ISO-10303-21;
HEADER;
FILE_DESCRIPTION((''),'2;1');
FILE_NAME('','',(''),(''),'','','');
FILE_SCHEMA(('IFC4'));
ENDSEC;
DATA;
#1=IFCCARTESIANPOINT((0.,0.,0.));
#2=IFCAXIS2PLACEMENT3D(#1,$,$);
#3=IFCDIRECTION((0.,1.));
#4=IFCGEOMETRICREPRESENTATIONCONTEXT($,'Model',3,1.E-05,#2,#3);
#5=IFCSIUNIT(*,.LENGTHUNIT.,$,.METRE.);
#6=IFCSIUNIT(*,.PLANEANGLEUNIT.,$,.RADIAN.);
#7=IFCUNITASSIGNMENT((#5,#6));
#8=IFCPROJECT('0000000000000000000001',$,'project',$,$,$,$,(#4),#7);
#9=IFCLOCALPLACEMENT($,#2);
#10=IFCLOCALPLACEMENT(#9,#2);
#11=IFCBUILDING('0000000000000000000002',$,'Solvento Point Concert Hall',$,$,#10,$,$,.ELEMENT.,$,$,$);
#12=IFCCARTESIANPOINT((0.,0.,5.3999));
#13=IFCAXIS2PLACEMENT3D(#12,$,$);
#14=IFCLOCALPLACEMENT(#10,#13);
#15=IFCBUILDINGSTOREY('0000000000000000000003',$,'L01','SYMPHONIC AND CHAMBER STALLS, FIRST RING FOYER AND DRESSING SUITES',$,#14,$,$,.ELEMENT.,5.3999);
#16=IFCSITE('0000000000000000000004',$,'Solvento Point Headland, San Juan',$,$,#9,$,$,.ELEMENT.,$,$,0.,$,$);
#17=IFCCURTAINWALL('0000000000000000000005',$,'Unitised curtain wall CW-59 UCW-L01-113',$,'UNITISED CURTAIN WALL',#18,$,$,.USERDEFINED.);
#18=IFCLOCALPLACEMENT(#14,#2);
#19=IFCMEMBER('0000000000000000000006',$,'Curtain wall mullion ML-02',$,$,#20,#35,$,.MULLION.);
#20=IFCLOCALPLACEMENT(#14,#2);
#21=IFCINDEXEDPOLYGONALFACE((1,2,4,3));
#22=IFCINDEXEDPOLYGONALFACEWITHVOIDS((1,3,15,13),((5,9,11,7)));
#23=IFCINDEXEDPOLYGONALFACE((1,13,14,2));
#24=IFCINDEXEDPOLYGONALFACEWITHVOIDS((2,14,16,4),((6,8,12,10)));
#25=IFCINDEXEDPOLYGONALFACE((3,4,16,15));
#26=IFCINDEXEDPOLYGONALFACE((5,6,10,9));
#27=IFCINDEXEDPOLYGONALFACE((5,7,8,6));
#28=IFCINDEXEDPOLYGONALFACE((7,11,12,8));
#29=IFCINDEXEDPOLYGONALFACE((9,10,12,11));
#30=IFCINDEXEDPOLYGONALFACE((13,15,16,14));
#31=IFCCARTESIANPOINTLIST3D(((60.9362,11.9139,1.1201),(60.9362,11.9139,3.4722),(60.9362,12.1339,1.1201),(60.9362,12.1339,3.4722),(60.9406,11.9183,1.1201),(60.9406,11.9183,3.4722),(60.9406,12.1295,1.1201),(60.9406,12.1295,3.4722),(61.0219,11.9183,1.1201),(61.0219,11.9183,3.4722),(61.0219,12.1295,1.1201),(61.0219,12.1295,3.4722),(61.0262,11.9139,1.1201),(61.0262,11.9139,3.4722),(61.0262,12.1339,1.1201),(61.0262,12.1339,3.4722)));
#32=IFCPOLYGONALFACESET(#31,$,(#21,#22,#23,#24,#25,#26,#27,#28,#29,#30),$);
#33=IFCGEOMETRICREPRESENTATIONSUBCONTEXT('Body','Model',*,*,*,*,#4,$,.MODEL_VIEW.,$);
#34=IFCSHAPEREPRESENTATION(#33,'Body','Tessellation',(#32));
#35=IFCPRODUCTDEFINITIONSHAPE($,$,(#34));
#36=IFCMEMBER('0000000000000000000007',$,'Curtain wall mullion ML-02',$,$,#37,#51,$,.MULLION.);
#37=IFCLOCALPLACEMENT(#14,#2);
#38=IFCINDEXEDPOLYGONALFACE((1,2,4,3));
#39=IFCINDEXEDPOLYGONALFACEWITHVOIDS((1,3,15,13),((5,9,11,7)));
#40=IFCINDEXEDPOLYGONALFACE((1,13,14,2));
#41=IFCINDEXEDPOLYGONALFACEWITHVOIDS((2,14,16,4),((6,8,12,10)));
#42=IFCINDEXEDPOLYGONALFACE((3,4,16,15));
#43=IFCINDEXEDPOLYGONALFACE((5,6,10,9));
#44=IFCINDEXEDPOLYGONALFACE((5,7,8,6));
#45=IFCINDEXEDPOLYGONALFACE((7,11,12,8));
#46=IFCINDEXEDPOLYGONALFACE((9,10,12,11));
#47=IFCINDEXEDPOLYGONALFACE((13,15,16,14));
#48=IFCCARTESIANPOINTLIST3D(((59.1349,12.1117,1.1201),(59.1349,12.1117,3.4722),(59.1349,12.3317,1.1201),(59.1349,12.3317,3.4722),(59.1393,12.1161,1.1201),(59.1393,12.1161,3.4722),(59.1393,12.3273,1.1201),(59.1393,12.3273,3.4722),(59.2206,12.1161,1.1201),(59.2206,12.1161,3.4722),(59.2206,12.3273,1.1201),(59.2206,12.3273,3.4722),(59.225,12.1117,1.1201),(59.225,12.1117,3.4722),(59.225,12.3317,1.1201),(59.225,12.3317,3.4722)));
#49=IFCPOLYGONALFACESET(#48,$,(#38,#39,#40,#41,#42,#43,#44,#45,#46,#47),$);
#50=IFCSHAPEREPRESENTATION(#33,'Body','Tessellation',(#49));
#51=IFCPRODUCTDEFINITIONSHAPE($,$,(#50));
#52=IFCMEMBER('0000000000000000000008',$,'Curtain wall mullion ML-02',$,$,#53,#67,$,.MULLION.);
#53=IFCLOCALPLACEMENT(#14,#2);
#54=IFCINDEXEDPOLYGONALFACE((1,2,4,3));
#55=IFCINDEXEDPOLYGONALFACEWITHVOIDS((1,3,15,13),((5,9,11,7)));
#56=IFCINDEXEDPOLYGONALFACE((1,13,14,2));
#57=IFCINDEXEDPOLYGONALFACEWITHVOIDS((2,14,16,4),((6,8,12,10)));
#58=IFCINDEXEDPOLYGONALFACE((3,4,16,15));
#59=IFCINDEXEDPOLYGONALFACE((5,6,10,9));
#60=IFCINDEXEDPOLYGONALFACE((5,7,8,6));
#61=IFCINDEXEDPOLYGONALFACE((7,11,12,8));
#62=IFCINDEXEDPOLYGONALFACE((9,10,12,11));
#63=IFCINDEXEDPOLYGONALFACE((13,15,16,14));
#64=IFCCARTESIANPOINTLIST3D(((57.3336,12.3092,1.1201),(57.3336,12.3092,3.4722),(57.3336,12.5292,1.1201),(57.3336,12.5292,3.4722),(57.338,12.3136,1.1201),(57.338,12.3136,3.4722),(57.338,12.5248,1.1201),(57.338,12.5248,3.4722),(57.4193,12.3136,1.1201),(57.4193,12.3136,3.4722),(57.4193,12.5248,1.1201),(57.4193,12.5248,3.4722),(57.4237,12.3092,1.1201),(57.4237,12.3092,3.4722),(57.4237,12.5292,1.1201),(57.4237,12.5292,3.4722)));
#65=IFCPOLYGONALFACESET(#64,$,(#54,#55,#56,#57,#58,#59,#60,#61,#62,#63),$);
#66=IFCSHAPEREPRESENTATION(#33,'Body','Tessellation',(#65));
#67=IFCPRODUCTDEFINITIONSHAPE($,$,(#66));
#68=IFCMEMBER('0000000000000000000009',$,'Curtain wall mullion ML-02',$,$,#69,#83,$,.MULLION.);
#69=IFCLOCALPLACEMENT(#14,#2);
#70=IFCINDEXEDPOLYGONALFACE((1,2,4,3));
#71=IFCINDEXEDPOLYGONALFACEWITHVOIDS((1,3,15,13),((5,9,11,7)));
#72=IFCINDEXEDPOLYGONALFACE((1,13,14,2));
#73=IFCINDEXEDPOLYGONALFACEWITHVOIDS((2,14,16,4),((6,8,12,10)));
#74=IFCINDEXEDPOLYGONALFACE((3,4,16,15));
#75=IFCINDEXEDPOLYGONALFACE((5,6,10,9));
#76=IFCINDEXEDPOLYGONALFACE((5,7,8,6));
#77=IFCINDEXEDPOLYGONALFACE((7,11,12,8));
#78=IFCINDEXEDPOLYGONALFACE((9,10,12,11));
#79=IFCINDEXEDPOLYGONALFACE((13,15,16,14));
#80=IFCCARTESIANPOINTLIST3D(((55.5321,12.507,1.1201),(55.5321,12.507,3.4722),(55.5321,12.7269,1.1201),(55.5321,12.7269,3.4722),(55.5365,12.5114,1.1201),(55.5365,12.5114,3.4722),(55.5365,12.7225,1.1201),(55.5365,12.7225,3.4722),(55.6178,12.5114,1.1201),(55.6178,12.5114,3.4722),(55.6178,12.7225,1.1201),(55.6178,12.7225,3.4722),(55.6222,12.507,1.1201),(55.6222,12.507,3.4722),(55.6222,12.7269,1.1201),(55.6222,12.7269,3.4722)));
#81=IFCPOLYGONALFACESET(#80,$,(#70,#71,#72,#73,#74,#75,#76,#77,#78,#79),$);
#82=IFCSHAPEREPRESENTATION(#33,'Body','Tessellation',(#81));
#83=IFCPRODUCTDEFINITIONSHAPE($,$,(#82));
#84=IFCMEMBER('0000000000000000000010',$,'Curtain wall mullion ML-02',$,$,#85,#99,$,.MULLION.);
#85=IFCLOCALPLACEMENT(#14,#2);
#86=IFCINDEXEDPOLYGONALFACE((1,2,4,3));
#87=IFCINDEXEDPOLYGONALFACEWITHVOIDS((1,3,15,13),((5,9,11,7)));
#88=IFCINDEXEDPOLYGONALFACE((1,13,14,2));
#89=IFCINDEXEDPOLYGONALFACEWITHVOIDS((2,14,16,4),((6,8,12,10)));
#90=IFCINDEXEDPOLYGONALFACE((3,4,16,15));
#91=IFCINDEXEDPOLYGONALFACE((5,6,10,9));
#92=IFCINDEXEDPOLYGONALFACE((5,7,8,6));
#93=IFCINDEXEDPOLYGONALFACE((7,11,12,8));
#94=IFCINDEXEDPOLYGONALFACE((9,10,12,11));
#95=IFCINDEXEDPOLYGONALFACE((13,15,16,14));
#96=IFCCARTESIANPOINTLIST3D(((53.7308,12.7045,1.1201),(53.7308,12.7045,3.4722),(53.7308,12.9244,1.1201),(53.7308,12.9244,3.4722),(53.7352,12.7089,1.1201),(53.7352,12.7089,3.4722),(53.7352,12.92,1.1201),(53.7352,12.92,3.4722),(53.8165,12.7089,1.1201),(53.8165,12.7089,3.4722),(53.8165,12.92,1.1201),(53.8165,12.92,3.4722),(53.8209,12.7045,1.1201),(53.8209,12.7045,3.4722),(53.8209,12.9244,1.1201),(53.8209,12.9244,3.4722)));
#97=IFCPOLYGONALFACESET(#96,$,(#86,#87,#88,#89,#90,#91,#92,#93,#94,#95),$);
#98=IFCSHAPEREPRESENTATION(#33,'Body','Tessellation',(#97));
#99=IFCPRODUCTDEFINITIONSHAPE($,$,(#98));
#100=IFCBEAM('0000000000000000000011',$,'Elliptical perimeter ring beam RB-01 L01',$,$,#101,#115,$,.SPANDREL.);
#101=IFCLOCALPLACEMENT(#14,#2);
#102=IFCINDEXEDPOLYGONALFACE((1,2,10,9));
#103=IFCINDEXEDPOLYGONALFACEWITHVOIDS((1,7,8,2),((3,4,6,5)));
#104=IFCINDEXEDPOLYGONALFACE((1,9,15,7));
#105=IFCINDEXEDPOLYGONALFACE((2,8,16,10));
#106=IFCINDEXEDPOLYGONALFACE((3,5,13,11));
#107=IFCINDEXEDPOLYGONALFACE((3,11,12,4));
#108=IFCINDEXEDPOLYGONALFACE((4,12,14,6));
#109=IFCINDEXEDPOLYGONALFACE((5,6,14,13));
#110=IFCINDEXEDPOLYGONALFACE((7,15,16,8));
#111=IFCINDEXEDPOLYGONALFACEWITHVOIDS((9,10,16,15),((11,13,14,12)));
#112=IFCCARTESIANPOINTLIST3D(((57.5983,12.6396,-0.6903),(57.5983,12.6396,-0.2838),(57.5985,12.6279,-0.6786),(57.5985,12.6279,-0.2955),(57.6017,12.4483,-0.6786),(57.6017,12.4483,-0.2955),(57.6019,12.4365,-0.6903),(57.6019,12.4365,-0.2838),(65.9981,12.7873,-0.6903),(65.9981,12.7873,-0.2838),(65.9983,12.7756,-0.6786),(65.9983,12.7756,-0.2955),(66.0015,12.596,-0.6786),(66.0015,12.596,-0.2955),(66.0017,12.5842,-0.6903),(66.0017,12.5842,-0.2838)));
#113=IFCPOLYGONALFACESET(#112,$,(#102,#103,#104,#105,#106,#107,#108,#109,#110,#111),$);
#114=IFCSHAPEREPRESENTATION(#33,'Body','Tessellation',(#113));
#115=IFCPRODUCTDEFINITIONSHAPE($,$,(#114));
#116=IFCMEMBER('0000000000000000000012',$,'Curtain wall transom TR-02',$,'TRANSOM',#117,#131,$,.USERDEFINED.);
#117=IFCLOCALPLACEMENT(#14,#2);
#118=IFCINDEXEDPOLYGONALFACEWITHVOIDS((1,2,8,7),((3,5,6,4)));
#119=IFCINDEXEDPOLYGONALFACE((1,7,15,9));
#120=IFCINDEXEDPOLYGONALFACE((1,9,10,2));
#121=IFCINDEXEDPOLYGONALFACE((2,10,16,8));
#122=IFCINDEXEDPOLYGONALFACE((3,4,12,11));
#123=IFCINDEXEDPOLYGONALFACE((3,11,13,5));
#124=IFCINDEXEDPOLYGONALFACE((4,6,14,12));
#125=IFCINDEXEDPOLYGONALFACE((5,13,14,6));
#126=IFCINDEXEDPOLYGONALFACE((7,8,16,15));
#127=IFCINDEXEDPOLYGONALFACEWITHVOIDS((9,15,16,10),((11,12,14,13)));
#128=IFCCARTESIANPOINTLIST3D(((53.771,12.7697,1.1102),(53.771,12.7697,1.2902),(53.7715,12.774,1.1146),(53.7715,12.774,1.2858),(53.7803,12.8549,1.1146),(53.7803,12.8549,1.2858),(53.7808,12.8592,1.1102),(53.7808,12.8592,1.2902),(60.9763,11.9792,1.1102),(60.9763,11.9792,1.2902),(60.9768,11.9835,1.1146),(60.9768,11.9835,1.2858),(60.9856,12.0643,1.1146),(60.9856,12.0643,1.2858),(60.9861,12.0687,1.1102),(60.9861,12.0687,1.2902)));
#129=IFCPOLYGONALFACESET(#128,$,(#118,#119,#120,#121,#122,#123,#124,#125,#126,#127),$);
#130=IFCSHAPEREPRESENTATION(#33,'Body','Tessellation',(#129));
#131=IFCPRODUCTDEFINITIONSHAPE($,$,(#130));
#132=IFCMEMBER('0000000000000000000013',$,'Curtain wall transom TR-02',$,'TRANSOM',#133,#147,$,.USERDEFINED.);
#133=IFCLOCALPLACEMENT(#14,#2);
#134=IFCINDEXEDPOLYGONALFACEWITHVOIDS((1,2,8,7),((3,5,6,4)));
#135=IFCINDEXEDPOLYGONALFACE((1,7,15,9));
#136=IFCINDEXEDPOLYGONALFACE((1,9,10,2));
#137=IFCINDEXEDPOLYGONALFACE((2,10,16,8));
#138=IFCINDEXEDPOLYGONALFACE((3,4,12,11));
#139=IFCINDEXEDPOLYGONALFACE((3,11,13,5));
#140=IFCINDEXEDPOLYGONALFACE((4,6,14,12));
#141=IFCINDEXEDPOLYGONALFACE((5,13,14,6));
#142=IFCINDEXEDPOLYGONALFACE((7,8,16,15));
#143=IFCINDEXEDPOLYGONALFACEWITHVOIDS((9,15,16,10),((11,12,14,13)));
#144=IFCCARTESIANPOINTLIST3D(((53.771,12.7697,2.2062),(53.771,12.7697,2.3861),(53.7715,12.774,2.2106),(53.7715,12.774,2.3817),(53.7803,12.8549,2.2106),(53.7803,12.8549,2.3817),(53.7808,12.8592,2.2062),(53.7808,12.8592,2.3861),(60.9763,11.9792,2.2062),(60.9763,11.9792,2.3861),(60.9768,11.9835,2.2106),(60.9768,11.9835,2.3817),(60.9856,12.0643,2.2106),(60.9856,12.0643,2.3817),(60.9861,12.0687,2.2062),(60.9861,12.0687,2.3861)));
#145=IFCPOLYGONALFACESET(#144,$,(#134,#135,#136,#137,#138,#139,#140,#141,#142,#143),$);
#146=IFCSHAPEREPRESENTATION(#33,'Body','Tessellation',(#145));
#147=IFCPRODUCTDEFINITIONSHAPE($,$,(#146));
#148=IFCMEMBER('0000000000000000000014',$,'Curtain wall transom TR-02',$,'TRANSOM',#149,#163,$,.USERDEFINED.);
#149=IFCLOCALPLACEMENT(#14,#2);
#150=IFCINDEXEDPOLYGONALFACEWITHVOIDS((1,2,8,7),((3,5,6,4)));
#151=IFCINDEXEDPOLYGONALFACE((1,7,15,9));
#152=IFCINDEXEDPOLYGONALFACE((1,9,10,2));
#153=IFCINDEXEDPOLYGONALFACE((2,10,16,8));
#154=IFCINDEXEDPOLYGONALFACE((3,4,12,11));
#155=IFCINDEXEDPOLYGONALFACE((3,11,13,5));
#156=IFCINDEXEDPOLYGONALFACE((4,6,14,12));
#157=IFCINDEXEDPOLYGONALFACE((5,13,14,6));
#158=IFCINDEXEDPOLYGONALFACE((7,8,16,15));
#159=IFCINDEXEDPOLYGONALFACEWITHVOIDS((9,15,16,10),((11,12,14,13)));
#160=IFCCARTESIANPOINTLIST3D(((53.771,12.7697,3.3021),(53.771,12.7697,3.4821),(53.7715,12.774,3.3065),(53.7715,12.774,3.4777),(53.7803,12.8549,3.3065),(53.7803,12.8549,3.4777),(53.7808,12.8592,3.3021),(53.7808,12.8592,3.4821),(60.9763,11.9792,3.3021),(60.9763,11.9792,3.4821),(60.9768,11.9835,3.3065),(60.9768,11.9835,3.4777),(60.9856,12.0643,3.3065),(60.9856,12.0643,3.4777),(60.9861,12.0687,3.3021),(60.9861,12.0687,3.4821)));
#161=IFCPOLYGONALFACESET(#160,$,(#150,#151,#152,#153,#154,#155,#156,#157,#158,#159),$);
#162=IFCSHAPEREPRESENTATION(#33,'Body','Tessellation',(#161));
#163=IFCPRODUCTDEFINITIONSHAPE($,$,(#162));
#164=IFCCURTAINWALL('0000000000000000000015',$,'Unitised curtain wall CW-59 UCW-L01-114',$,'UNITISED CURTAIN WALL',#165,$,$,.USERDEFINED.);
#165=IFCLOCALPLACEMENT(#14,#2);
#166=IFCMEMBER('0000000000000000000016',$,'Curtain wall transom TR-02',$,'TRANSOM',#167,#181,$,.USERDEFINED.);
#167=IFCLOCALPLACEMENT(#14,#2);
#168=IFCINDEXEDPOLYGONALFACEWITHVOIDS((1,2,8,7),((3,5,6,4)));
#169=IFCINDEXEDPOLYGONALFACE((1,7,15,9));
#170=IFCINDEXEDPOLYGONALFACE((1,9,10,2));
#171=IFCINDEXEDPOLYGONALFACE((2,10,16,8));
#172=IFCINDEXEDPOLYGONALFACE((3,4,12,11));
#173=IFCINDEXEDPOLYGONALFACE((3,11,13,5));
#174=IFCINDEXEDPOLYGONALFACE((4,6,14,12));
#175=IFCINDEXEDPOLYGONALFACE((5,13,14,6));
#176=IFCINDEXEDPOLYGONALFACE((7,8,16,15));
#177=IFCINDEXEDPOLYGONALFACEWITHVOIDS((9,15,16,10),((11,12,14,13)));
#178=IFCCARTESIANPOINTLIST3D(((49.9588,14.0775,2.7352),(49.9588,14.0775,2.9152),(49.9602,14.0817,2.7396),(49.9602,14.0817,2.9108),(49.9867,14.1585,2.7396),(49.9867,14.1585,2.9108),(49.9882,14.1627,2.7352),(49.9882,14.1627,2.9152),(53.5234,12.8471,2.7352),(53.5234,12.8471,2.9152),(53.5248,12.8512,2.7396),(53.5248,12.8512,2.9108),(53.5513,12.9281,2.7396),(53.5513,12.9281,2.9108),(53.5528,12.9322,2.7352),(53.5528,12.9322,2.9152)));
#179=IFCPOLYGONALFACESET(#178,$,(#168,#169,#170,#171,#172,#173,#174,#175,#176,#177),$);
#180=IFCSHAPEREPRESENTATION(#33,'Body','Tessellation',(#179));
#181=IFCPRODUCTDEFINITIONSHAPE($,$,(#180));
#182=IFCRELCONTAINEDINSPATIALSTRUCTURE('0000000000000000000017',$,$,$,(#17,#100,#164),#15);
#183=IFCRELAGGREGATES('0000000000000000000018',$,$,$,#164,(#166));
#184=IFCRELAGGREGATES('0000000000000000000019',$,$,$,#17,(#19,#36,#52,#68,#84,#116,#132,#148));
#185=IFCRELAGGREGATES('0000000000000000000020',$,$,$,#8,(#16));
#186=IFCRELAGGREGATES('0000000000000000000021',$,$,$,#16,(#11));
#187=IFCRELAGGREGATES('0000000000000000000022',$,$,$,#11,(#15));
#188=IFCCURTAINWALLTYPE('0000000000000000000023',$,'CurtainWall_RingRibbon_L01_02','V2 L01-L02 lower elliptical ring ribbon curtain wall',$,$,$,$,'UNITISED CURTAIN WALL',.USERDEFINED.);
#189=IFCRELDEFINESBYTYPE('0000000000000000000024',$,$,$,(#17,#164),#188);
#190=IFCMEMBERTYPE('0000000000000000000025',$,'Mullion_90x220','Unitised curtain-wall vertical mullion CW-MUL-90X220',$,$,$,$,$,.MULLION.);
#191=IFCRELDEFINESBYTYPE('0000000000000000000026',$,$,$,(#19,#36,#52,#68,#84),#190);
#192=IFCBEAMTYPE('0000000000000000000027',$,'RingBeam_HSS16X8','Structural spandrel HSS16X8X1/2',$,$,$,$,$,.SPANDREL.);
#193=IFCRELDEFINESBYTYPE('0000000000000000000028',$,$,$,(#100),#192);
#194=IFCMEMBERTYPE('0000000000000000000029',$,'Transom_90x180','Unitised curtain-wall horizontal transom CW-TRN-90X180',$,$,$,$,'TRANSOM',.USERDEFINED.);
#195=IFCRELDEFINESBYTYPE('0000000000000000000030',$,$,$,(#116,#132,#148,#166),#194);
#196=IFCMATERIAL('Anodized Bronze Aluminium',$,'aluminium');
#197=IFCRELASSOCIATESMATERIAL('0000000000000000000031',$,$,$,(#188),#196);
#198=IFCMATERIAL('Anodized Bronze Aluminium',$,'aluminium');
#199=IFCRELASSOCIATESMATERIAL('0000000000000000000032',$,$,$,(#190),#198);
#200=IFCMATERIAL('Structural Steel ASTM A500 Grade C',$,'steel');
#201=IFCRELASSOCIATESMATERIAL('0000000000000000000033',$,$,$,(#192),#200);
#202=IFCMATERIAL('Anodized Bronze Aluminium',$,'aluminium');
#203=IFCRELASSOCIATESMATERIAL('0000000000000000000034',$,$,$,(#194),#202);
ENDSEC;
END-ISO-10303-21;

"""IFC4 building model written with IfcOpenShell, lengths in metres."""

from ifc_helpers import new_model, si_unit, direction, frame, origin, origin_2d, place, context, subcontext, project, spatial, hollow_rectangle, extrude, material, material_profile, profile_set, type_object, element, aggregate, save


model = new_model("IFC4")

# Units and contexts
model_context = context("Model", 3, precision=1e-05, world=origin(), true_north=direction((0.0, 1.0)))
body_context = subcontext(model_context, "Body", "Model", "MODEL_VIEW")
ifc_project = project(units=[si_unit("LENGTHUNIT", "METRE"), si_unit("PLANEANGLEUNIT", "RADIAN")], contexts=[model_context])

# Site, building, storey
site_placement = place(None, origin())
site = spatial("IfcSite", under=ifc_project, at=site_placement, Name="Solvento Point Headland, San Juan", CompositionType="ELEMENT", RefElevation=0.0)
building_placement = place(site_placement, origin())
building = spatial("IfcBuilding", under=site, at=building_placement, Name="Solvento Point Concert Hall", CompositionType="ELEMENT")
storey_placement = place(building_placement, frame((0.0, 0.0, 5.3999)))
storey = spatial("IfcBuildingStorey", under=building, at=storey_placement, Name="L01", Description="SYMPHONIC AND CHAMBER STALLS, FIRST RING FOYER AND DRESSING SUITES", CompositionType="ELEMENT", Elevation=5.3999)

# Curtain wall, members
ifc_material_1 = material(Name="Anodized Bronze Aluminium", Category="aluminium")
curtain_wall_type = type_object("IfcCurtainWallType", Name="CurtainWall_RingRibbon_L01_02", Description="V2 L01-L02 lower elliptical ring ribbon curtain wall", ElementType="UNITISED CURTAIN WALL", PredefinedType="USERDEFINED", material=ifc_material_1)
ifc_material_2 = material(Name="Anodized Bronze Aluminium", Category="aluminium")
ifc_material_profile_1 = material_profile(ifc_material_2, hollow_rectangle(XDim=0.0901, YDim=0.22, WallThickness=0.0044, at=origin_2d()), Name="CW-MUL-90X220")
ifc_profile_set_1 = profile_set([ifc_material_profile_1], Name="Anodized Bronze Aluminium")
member_type_1 = type_object("IfcMemberType", Name="Mullion_90x220", Description="Unitised curtain-wall vertical mullion CW-MUL-90X220", PredefinedType="MULLION", material=ifc_profile_set_1)
curtain_wall_1_placement = place(storey_placement, origin())
curtain_wall_1 = element("IfcCurtainWall", 1, at=curtain_wall_1_placement, inside=storey, type_object=curtain_wall_type, Name="Unitised curtain wall CW-59 UCW-L01-113", ObjectType="UNITISED CURTAIN WALL", PredefinedType="USERDEFINED")
member_1_placement = place(storey_placement, frame((60.9812, 12.0239, 1.1201), z_axis=(0.0, 0.0, 1.0), x_axis=(1.0, 0.0, 0.0)))
member_1 = element("IfcMember", 2, at=member_1_placement, type_object=member_type_1, Name="Curtain wall mullion ML-02", PredefinedType="MULLION", context=body_context, shape_type="SweptSolid", body=[
    extrude(hollow_rectangle(XDim=0.0901, YDim=0.22, WallThickness=0.0044, at=origin_2d()), origin(), (0.0, 0.0, 1.0), 2.3521),
])
member_2_placement = place(storey_placement, frame((59.1799, 12.2217, 1.1201), z_axis=(0.0, 0.0, 1.0), x_axis=(1.0, 0.0, 0.0)))
member_2 = element("IfcMember", 3, at=member_2_placement, type_object=member_type_1, Name="Curtain wall mullion ML-02", PredefinedType="MULLION", context=body_context, shape_type="SweptSolid", body=[
    extrude(hollow_rectangle(XDim=0.0901, YDim=0.22, WallThickness=0.0044, at=origin_2d()), origin(), (0.0, 0.0, 1.0), 2.3521),
])
member_3_placement = place(storey_placement, frame((57.3787, 12.4192, 1.1201), z_axis=(0.0, 0.0, 1.0), x_axis=(1.0, 0.0, 0.0)))
member_3 = element("IfcMember", 4, at=member_3_placement, type_object=member_type_1, Name="Curtain wall mullion ML-02", PredefinedType="MULLION", context=body_context, shape_type="SweptSolid", body=[
    extrude(hollow_rectangle(XDim=0.0901, YDim=0.22, WallThickness=0.0044, at=origin_2d()), origin(), (0.0, 0.0, 1.0), 2.3521),
])
member_4_placement = place(storey_placement, frame((55.5771, 12.6169, 1.1201), z_axis=(0.0, 0.0, 1.0), x_axis=(1.0, 0.0, 0.0)))
member_4 = element("IfcMember", 5, at=member_4_placement, type_object=member_type_1, Name="Curtain wall mullion ML-02", PredefinedType="MULLION", context=body_context, shape_type="SweptSolid", body=[
    extrude(hollow_rectangle(XDim=0.0901, YDim=0.22, WallThickness=0.0044, at=origin_2d()), origin(), (0.0, 0.0, 1.0), 2.3521),
])
member_5_placement = place(storey_placement, frame((53.7759, 12.8145, 1.1201), z_axis=(0.0, 0.0, 1.0), x_axis=(1.0, 0.0, 0.0)))
member_5 = element("IfcMember", 6, at=member_5_placement, type_object=member_type_1, Name="Curtain wall mullion ML-02", PredefinedType="MULLION", context=body_context, shape_type="SweptSolid", body=[
    extrude(hollow_rectangle(XDim=0.0901, YDim=0.22, WallThickness=0.0044, at=origin_2d()), origin(), (0.0, 0.0, 1.0), 2.3521),
])

# Beam
ifc_material_3 = material(Name="Structural Steel ASTM A500 Grade C", Category="steel")
ifc_material_profile_2 = material_profile(ifc_material_3, hollow_rectangle(XDim=0.2031, YDim=0.4065, WallThickness=0.0117, at=origin_2d()), Name="HSS16X8X1/2")
ifc_profile_set_2 = profile_set([ifc_material_profile_2], Name="Structural Steel ASTM A500 Grade C")
beam_type_1 = type_object("IfcBeamType", Name="RingBeam_HSS16X8", Description="Structural spandrel HSS16X8X1/2", PredefinedType="SPANDREL", material=ifc_profile_set_2)
beam_1_placement = place(storey_placement, frame((57.6001, 12.5381, -0.4871), z_axis=(0.999845, 0.017581, 0.0), x_axis=(-0.017581, 0.999845, 0.0)))
element("IfcBeam", 7, at=beam_1_placement, inside=storey, type_object=beam_type_1, Name="Elliptical perimeter ring beam RB-01 L01", PredefinedType="SPANDREL", context=body_context, shape_type="SweptSolid", body=[
    extrude(hollow_rectangle(XDim=0.2031, YDim=0.4065, WallThickness=0.0117, at=origin_2d()), origin(), (0.0, 0.0, 1.0), 8.4011),
])

# Members
ifc_material_4 = material(Name="Anodized Bronze Aluminium", Category="aluminium")
ifc_material_profile_3 = material_profile(ifc_material_4, hollow_rectangle(XDim=0.0901, YDim=0.1799, WallThickness=0.0044, at=origin_2d()), Name="CW-TRN-90X180")
ifc_profile_set_3 = profile_set([ifc_material_profile_3], Name="Anodized Bronze Aluminium")
member_type_2 = type_object("IfcMemberType", Name="Transom_90x180", Description="Unitised curtain-wall horizontal transom CW-TRN-90X180", ElementType="TRANSOM", PredefinedType="USERDEFINED", material=ifc_profile_set_3)
member_6_placement = place(storey_placement, frame((60.9812, 12.0239, 1.2002), z_axis=(-0.994035, 0.10906, 0.0), x_axis=(-0.10906, -0.994035, 0.0)))
member_6 = element("IfcMember", 8, at=member_6_placement, type_object=member_type_2, Name="Curtain wall transom TR-02", ObjectType="TRANSOM", PredefinedType="USERDEFINED", context=body_context, shape_type="SweptSolid", body=[
    extrude(hollow_rectangle(XDim=0.0901, YDim=0.1799, WallThickness=0.0044, at=origin_2d()), origin(), (0.0, 0.0, 1.0), 7.2485),
])
member_7_placement = place(storey_placement, frame((60.9812, 12.0239, 2.2961), z_axis=(-0.994035, 0.10906, 0.0), x_axis=(-0.10906, -0.994035, 0.0)))
member_7 = element("IfcMember", 9, at=member_7_placement, type_object=member_type_2, Name="Curtain wall transom TR-02", ObjectType="TRANSOM", PredefinedType="USERDEFINED", context=body_context, shape_type="SweptSolid", body=[
    extrude(hollow_rectangle(XDim=0.0901, YDim=0.1799, WallThickness=0.0044, at=origin_2d()), origin(), (0.0, 0.0, 1.0), 7.2485),
])
member_8_placement = place(storey_placement, frame((60.9812, 12.0239, 3.3921), z_axis=(-0.994035, 0.10906, 0.0), x_axis=(-0.10906, -0.994035, 0.0)))
member_8 = element("IfcMember", 10, at=member_8_placement, type_object=member_type_2, Name="Curtain wall transom TR-02", ObjectType="TRANSOM", PredefinedType="USERDEFINED", context=body_context, shape_type="SweptSolid", body=[
    extrude(hollow_rectangle(XDim=0.0901, YDim=0.1799, WallThickness=0.0044, at=origin_2d()), origin(), (0.0, 0.0, 1.0), 7.2485),
])

# Curtain wall, member
curtain_wall_2_placement = place(storey_placement, origin())
curtain_wall_2 = element("IfcCurtainWall", 11, at=curtain_wall_2_placement, inside=storey, type_object=curtain_wall_type, Name="Unitised curtain wall CW-59 UCW-L01-114", ObjectType="UNITISED CURTAIN WALL", PredefinedType="USERDEFINED")
member_9_placement = place(storey_placement, frame((53.5381, 12.8896, 2.8252), z_axis=(-0.94527, 0.32629, 0.0), x_axis=(-0.32629, -0.94527, 0.0)))
member_9 = element("IfcMember", 12, at=member_9_placement, type_object=member_type_2, Name="Curtain wall transom TR-02", ObjectType="TRANSOM", PredefinedType="USERDEFINED", context=body_context, shape_type="SweptSolid", body=[
    extrude(hollow_rectangle(XDim=0.0901, YDim=0.1799, WallThickness=0.0044, at=origin_2d()), origin(), (0.0, 0.0, 1.0), 3.771),
])
aggregate(curtain_wall_2, [member_9])

aggregate(curtain_wall_1, [member_1, member_2, member_3, member_4, member_5, member_6, member_7, member_8])

save(model, "model.ifc")
